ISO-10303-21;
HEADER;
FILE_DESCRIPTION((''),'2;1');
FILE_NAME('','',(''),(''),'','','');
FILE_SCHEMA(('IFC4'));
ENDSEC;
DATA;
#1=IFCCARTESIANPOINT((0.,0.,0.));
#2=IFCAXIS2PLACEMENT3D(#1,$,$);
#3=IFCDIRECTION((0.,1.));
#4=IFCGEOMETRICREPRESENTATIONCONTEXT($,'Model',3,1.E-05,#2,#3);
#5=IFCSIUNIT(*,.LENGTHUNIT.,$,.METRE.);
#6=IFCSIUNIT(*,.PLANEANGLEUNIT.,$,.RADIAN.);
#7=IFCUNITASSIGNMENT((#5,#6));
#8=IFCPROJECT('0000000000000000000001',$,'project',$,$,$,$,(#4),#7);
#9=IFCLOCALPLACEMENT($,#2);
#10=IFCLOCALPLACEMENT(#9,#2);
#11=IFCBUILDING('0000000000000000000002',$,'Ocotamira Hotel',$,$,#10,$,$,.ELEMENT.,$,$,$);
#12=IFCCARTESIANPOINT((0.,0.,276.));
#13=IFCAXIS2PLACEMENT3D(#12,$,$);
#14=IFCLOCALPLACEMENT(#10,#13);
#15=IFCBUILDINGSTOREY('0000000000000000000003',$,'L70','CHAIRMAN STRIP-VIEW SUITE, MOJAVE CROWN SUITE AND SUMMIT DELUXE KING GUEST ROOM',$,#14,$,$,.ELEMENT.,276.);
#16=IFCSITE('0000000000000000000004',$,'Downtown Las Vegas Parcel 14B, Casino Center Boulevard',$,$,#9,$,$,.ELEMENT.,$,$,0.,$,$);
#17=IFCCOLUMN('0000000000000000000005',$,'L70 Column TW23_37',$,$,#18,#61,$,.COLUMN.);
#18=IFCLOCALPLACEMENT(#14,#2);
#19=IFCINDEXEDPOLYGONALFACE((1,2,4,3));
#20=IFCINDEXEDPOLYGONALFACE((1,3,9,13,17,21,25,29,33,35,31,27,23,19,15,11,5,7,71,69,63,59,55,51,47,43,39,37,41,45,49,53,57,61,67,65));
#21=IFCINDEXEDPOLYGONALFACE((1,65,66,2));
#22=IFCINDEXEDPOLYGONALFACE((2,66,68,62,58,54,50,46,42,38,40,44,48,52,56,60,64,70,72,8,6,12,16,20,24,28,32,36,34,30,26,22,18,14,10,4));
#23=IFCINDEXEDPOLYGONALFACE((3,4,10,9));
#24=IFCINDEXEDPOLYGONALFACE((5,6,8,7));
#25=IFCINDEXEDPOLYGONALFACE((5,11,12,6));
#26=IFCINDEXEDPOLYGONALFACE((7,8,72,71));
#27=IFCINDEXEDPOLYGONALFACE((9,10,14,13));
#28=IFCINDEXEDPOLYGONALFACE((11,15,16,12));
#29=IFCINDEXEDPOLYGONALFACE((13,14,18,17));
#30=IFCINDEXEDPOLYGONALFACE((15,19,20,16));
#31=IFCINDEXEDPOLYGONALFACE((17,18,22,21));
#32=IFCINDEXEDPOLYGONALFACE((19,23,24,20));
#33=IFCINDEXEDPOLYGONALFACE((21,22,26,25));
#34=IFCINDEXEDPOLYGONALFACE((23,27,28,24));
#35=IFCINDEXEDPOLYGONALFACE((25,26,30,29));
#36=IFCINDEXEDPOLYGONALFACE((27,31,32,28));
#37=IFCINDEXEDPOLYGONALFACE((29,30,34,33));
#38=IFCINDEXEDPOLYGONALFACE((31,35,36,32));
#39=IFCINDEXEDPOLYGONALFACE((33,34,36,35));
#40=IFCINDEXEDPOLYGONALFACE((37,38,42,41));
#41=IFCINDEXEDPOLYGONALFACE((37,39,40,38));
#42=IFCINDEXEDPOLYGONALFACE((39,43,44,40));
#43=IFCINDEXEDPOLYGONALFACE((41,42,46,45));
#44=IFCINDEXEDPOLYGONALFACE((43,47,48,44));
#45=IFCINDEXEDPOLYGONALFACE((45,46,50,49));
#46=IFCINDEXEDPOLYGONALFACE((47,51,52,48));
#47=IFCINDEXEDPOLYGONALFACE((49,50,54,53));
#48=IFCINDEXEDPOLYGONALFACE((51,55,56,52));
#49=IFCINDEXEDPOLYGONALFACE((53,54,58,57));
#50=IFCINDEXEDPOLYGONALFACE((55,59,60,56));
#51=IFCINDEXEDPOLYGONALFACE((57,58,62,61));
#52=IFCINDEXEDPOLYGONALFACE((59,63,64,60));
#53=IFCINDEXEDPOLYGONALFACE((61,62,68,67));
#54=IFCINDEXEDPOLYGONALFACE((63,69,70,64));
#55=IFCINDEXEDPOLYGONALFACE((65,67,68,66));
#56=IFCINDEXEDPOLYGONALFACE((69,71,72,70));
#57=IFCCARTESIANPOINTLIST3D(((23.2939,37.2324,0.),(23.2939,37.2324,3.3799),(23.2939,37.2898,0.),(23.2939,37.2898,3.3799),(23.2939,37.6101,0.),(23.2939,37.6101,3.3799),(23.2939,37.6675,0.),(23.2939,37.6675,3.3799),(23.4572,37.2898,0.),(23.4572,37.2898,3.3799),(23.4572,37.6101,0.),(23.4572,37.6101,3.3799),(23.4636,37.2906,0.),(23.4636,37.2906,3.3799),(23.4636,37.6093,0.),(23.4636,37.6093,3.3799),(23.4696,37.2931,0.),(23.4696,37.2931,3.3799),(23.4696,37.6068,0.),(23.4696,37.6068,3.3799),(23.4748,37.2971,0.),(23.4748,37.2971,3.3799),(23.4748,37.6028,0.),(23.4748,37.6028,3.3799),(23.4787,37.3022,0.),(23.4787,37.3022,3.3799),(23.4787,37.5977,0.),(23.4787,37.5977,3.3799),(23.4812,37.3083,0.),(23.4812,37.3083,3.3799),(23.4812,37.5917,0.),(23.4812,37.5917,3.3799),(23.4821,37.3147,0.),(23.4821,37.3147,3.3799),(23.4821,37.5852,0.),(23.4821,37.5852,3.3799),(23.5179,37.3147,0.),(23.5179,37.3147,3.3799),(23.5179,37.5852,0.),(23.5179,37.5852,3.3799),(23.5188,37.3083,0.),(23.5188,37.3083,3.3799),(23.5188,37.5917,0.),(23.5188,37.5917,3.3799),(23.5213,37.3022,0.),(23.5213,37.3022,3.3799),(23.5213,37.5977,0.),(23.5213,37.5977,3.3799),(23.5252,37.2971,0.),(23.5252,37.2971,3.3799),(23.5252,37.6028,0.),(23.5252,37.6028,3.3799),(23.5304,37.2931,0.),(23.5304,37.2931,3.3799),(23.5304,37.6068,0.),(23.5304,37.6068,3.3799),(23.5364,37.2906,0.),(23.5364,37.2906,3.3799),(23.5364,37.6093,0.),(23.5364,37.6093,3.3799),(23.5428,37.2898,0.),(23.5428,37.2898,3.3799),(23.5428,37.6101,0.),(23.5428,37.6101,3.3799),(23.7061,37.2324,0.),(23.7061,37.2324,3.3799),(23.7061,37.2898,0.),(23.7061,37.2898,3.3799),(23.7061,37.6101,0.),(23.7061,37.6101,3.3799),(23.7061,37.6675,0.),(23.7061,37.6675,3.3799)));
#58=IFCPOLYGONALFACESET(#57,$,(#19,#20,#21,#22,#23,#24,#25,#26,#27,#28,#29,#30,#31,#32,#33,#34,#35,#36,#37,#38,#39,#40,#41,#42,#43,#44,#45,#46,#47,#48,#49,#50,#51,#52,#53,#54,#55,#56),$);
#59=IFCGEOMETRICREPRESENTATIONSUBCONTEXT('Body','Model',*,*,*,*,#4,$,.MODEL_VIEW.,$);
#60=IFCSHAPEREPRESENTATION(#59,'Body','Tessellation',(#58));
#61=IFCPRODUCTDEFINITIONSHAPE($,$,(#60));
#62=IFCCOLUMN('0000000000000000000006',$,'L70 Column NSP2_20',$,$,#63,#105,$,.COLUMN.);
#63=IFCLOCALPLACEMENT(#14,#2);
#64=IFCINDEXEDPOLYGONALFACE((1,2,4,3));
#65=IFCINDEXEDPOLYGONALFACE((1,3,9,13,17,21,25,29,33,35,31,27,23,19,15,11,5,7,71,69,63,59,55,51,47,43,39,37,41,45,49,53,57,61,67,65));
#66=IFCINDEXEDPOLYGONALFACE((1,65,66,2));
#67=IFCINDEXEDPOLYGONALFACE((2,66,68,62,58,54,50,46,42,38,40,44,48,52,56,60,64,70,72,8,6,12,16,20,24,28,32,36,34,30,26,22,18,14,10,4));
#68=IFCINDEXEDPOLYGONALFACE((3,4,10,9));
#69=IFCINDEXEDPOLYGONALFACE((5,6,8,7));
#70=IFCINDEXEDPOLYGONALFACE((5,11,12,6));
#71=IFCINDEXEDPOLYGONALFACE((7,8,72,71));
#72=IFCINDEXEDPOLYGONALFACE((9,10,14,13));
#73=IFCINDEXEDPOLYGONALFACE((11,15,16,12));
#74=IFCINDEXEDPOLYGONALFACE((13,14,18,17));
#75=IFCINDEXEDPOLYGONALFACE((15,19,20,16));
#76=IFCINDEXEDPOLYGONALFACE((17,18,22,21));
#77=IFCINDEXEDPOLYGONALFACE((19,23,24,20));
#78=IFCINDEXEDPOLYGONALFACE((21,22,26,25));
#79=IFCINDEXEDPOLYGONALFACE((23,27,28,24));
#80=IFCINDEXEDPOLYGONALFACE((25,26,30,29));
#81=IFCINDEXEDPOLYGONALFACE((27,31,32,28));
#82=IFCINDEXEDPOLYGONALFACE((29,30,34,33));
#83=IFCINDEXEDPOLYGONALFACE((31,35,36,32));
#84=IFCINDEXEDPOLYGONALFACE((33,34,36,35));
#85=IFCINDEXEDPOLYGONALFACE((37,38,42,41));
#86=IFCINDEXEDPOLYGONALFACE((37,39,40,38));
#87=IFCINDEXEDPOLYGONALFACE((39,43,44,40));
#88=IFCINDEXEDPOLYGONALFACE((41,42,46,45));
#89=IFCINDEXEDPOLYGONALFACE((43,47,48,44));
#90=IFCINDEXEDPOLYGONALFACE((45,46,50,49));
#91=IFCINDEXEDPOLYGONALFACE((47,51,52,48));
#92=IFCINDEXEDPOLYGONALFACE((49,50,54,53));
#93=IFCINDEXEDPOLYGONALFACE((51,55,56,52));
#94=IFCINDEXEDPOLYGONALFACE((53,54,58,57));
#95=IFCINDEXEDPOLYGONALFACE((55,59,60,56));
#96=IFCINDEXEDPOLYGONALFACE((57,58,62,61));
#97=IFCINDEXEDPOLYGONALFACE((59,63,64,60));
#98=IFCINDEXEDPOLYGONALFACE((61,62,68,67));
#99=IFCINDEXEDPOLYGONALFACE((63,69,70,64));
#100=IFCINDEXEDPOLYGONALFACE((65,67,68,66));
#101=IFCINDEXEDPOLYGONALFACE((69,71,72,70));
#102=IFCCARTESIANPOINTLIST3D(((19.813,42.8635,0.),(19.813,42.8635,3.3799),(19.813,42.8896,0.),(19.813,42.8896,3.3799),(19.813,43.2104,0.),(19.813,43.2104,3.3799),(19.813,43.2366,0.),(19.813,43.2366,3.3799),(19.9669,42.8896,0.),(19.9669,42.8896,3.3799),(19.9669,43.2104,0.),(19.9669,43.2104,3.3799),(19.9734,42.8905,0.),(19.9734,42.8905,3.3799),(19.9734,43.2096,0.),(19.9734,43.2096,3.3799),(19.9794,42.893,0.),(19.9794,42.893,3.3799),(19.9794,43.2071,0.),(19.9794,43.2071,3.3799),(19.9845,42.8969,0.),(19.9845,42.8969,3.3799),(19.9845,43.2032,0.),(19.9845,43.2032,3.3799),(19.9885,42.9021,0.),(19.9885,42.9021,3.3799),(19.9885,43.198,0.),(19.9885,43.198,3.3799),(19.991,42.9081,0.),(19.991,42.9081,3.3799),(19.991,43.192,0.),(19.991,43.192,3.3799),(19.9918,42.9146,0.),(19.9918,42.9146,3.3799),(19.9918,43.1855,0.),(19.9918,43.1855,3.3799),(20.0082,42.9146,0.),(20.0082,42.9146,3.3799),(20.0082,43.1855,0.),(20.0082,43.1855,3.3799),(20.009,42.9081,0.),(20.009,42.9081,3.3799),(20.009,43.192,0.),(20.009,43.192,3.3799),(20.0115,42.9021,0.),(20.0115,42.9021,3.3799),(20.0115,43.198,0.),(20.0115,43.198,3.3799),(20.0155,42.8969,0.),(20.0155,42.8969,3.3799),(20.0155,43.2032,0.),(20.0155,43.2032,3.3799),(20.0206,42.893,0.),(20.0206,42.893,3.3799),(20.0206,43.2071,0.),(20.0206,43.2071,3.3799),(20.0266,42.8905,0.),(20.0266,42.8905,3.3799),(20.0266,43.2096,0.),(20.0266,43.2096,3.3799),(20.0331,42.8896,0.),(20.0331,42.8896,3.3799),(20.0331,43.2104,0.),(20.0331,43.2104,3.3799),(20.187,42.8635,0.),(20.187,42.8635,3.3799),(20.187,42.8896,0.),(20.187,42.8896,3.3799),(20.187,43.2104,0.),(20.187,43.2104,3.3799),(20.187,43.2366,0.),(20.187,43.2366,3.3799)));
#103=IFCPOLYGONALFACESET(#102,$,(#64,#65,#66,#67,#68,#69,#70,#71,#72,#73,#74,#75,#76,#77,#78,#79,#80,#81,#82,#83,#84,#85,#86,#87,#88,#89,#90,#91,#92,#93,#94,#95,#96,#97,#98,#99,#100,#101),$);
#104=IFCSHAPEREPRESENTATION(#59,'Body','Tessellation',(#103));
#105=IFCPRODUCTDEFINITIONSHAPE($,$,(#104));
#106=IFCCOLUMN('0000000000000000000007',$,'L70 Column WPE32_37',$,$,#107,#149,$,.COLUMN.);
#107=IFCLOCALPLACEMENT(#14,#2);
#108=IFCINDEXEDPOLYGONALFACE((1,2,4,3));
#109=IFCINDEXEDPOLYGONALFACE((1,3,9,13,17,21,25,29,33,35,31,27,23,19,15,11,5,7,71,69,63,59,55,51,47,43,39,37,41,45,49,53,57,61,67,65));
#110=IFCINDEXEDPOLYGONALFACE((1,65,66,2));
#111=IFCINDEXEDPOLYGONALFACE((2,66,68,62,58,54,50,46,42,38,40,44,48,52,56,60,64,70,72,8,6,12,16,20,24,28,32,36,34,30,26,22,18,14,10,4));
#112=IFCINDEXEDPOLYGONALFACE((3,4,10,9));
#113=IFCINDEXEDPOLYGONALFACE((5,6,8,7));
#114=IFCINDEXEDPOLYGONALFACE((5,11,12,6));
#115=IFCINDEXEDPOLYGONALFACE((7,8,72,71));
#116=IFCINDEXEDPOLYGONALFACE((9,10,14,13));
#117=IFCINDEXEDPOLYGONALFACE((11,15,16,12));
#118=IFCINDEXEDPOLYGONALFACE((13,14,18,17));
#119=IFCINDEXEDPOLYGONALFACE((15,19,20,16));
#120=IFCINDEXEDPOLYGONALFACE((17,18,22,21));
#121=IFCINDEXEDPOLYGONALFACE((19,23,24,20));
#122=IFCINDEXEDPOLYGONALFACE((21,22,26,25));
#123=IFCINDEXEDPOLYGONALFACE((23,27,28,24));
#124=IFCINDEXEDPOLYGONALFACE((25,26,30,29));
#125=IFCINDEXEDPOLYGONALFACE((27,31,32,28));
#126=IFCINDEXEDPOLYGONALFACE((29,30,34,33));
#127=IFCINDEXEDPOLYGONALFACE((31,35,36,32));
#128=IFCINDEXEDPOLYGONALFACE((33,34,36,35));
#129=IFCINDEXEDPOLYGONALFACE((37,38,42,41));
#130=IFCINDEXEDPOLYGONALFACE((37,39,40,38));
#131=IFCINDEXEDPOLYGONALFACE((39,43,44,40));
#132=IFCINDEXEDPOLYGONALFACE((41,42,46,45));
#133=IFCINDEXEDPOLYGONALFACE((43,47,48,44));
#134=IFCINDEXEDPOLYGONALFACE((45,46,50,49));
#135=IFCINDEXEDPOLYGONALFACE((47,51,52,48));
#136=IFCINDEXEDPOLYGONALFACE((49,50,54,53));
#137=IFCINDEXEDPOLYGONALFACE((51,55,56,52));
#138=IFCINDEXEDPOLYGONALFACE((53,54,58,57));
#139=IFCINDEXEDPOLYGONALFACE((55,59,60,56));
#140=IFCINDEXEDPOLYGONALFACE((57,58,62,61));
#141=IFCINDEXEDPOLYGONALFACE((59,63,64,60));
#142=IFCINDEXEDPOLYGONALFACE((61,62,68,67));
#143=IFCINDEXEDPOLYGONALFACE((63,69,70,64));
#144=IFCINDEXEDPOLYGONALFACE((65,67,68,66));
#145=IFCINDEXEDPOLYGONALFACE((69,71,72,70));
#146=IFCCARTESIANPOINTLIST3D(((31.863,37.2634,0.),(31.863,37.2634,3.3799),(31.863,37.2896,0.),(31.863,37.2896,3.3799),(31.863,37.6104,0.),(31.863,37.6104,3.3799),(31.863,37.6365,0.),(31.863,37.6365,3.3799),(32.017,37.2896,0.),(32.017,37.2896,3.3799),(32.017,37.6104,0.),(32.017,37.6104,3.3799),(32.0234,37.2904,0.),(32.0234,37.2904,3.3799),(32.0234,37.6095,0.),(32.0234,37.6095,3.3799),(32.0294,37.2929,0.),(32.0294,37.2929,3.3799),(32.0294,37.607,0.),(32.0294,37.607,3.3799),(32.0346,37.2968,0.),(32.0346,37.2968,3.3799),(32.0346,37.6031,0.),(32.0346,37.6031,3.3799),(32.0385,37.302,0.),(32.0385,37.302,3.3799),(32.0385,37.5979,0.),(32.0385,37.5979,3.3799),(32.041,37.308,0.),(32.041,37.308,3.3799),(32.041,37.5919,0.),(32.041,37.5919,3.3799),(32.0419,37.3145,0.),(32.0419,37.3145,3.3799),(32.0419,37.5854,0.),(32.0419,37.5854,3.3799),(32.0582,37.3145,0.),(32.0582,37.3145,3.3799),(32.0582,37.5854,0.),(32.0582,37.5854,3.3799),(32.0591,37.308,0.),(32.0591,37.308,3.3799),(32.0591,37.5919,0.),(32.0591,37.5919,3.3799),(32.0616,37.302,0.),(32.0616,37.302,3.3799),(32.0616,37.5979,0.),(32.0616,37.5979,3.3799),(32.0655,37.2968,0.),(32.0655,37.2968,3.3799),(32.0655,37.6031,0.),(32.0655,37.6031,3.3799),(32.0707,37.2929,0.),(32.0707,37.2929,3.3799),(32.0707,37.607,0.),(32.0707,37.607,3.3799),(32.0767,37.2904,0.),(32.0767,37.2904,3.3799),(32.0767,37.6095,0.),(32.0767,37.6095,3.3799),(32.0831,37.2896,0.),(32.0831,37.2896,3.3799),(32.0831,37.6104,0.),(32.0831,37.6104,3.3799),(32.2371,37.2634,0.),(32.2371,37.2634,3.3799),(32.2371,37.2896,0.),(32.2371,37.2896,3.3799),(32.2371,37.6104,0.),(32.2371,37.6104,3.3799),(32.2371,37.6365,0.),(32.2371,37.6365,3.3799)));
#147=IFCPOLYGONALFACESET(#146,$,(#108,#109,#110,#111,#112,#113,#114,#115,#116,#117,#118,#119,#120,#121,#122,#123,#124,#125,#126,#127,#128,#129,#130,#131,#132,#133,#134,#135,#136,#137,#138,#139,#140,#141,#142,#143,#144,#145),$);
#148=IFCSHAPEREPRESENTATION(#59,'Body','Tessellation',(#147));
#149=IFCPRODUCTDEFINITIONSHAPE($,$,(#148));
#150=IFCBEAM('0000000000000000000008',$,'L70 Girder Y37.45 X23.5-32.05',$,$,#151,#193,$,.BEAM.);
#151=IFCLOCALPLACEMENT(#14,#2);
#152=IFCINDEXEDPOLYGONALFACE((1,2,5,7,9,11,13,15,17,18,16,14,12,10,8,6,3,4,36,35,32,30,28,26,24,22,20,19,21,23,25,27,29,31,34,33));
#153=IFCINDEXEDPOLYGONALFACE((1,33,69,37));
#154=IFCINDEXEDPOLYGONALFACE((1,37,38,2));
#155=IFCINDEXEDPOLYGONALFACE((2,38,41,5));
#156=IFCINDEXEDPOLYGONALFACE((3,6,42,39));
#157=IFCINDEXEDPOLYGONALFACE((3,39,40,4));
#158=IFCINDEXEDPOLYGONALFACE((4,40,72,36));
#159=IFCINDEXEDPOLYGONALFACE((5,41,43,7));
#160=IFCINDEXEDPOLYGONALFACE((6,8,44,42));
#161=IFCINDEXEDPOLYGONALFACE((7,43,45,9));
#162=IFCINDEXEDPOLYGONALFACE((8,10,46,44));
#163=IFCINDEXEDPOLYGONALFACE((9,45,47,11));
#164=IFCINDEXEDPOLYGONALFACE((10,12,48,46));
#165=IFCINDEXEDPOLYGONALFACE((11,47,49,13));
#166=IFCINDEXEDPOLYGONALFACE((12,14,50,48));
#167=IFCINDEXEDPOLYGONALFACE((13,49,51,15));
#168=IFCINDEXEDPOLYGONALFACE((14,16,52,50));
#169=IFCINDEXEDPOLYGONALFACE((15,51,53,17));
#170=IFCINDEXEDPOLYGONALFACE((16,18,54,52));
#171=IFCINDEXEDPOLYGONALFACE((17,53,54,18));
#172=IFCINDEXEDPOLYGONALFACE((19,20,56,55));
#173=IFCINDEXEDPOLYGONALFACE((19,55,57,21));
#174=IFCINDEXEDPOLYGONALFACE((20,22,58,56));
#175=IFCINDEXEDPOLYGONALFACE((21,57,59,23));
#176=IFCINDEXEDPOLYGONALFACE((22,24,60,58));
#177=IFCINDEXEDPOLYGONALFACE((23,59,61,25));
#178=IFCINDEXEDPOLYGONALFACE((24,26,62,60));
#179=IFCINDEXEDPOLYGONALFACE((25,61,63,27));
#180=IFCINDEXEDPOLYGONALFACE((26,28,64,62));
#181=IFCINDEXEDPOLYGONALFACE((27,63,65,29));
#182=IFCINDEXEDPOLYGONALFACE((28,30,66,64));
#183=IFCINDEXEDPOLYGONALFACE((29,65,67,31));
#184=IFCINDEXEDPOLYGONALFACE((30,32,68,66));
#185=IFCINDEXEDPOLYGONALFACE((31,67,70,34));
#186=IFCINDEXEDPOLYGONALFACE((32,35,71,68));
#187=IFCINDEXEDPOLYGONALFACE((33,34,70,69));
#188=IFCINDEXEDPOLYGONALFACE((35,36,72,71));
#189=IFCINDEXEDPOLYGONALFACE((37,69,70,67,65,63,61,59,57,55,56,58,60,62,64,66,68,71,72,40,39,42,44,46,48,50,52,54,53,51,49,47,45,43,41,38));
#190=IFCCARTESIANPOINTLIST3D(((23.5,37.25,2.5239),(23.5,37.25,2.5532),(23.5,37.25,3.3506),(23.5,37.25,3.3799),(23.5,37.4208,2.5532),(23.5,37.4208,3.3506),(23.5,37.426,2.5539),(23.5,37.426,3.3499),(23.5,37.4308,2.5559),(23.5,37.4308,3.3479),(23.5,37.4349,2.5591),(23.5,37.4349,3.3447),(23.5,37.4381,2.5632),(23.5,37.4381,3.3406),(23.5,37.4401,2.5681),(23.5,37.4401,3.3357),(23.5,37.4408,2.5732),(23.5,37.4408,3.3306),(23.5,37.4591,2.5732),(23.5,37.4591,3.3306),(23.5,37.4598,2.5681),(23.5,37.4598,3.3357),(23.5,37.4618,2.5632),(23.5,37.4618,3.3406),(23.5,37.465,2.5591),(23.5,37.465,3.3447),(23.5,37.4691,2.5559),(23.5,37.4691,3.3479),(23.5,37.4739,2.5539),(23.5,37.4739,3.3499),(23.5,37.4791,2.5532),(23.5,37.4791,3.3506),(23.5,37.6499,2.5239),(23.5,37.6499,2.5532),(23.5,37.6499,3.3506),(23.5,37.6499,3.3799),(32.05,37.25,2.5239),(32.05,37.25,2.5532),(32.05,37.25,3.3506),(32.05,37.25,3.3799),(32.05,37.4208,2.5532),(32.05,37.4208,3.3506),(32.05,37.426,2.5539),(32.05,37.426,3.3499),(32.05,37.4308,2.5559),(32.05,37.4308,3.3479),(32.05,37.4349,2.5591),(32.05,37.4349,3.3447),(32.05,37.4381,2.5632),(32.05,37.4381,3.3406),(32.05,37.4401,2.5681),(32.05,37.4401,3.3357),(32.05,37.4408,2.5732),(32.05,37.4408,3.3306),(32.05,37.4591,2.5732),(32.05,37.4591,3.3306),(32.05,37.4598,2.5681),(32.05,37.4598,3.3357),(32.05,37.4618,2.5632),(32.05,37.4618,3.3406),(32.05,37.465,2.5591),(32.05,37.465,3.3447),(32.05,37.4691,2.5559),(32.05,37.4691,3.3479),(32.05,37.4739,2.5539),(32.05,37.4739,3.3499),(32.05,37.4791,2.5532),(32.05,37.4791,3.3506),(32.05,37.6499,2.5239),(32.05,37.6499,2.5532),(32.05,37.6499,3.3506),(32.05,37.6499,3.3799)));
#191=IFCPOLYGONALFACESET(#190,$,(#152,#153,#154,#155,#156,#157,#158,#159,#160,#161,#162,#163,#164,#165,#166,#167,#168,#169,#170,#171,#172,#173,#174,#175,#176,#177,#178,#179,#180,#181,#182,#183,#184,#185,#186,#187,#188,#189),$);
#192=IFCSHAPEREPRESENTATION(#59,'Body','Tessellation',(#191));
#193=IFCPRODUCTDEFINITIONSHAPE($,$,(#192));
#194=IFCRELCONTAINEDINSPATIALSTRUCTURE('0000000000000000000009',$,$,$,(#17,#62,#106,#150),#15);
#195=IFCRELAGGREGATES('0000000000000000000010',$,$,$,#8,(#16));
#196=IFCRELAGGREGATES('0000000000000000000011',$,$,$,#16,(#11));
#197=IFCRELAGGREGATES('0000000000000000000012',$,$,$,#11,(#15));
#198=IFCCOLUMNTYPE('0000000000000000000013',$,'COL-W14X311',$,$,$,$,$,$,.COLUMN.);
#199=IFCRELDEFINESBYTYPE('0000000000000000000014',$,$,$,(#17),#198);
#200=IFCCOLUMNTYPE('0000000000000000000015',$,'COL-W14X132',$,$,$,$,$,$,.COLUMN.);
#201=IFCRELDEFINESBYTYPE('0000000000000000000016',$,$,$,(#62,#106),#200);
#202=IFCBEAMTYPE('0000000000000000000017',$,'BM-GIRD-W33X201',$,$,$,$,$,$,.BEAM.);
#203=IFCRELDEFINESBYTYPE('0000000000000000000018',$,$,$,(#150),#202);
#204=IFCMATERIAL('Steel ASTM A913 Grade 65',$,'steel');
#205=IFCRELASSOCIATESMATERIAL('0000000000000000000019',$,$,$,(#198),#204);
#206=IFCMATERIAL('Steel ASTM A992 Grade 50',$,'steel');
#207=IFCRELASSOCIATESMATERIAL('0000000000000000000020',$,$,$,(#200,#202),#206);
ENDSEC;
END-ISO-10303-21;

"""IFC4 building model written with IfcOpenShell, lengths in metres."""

from ifc_helpers import new_model, si_unit, direction, frame, origin, origin_2d, place, context, subcontext, project, spatial, i_section, extrude, source, transform, mapped, material, material_profile, profile_set, type_object, element, save


model = new_model("IFC4")

# Units and contexts
model_context = context("Model", 3, precision=1e-05, world=origin(), true_north=direction((0.0, 1.0)))
body_context = subcontext(model_context, "Body", "Model", "MODEL_VIEW")
ifc_project = project(units=[si_unit("LENGTHUNIT", "METRE"), si_unit("PLANEANGLEUNIT", "RADIAN")], contexts=[model_context])

# Site, building, storey
site_placement = place(None, origin())
site = spatial("IfcSite", under=ifc_project, at=site_placement, Name="Downtown Las Vegas Parcel 14B, Casino Center Boulevard", CompositionType="ELEMENT", RefElevation=0.0)
building_placement = place(site_placement, origin())
building = spatial("IfcBuilding", under=site, at=building_placement, Name="Ocotamira Hotel", CompositionType="ELEMENT")
storey_placement = place(building_placement, frame((0.0, 0.0, 276.0)))
storey = spatial("IfcBuildingStorey", under=building, at=storey_placement, Name="L70", Description="CHAIRMAN STRIP-VIEW SUITE, MOJAVE CROWN SUITE AND SUMMIT DELUXE KING GUEST ROOM", CompositionType="ELEMENT", Elevation=276.0)

# Columns
ifc_material_1 = material(Name="Steel ASTM A913 Grade 65", Category="steel")
ifc_material_profile_1 = material_profile(ifc_material_1, i_section(OverallWidth=0.4121, OverallDepth=0.4351, WebThickness=0.0359, FlangeThickness=0.0574, FilletRadius=0.0249, at=origin_2d()), Name="W14X311")
ifc_profile_set_1 = profile_set([ifc_material_profile_1], Name="Steel ASTM A913 Grade 65")
column_type_1 = type_object("IfcColumnType", Name="COL-W14X311", PredefinedType="COLUMN", material=ifc_profile_set_1)
shared_shape_1 = source(origin(), body_context, "Body", "SweptSolid", [
    extrude(i_section(OverallWidth=0.4121, OverallDepth=0.4351, WebThickness=0.0359, FlangeThickness=0.0574, FilletRadius=0.0249, at=origin_2d()), origin(), (0.0, 0.0, 1.0), 3.3799),
])
column_placement = place(storey_placement, frame((23.5, 37.45, 0.0), z_axis=(0.0, 0.0, 1.0), x_axis=(1.0, 0.0, 0.0)))
element("IfcColumn", 1, at=column_placement, inside=storey, type_object=column_type_1, Name="L70 Column TW23_37", PredefinedType="COLUMN", context=body_context, shape_type="MappedRepresentation", body=[
    mapped(shared_shape_1, transform((0.0, 0.0, 0.0), scale=1.0)),
])
ifc_material_2 = material(Name="Steel ASTM A992 Grade 50", Category="steel")
ifc_material_profile_2 = material_profile(ifc_material_2, i_section(OverallWidth=0.374, OverallDepth=0.373, WebThickness=0.0164, FlangeThickness=0.0261, FilletRadius=0.0249, at=origin_2d()), Name="W14X132")
ifc_profile_set_2 = profile_set([ifc_material_profile_2], Name="Steel ASTM A992 Grade 50")
column_type_2 = type_object("IfcColumnType", Name="COL-W14X132", PredefinedType="COLUMN", material=ifc_profile_set_2)
shared_shape_2 = source(origin(), body_context, "Body", "SweptSolid", [
    extrude(i_section(OverallWidth=0.374, OverallDepth=0.373, WebThickness=0.0164, FlangeThickness=0.0261, FilletRadius=0.0249, at=origin_2d()), origin(), (0.0, 0.0, 1.0), 3.3799),
])
for number, where, z_axis, x_axis, name in (
    (2, (20.0, 43.05, 0.0), (0.0, 0.0, 1.0), (1.0, 0.0, 0.0), "L70 Column NSP2_20"),
    (3, (32.05, 37.45, 0.0), (0.0, 0.0, 1.0), (1.0, 0.0, 0.0), "L70 Column WPE32_37"),
):
    element("IfcColumn", number, at=place(storey_placement, frame(where, z_axis=z_axis, x_axis=x_axis)), inside=storey, type_object=column_type_2, Name=name, PredefinedType="COLUMN", context=body_context, shape_type="MappedRepresentation", body=[
        mapped(shared_shape_2, transform((0.0, 0.0, 0.0), scale=1.0)),
    ])

# Beam
ifc_material_profile_3 = material_profile(ifc_material_2, i_section(OverallWidth=0.3999, OverallDepth=0.856, WebThickness=0.0183, FlangeThickness=0.0293, FilletRadius=0.02, at=origin_2d()), Name="W33X201")
ifc_profile_set_3 = profile_set([ifc_material_profile_3], Name="Steel ASTM A992 Grade 50")
beam_type = type_object("IfcBeamType", Name="BM-GIRD-W33X201", PredefinedType="BEAM", material=ifc_profile_set_3)
shared_shape_3 = source(origin(), body_context, "Body", "SweptSolid", [
    extrude(i_section(OverallWidth=0.3999, OverallDepth=0.856, WebThickness=0.0183, FlangeThickness=0.0293, FilletRadius=0.02, at=origin_2d()), origin(), (0.0, 0.0, 1.0), 8.55),
])
beam_placement = place(storey_placement, frame((23.5, 37.45, 2.9519), z_axis=(1.0, 0.0, 0.0), x_axis=(0.0, 1.0, 0.0)))
element("IfcBeam", 4, at=beam_placement, inside=storey, type_object=beam_type, Name="L70 Girder Y37.45 X23.5-32.05", PredefinedType="BEAM", context=body_context, shape_type="MappedRepresentation", body=[
    mapped(shared_shape_3, transform((0.0, 0.0, 0.0), scale=1.0)),
])

save(model, "model.ifc")
